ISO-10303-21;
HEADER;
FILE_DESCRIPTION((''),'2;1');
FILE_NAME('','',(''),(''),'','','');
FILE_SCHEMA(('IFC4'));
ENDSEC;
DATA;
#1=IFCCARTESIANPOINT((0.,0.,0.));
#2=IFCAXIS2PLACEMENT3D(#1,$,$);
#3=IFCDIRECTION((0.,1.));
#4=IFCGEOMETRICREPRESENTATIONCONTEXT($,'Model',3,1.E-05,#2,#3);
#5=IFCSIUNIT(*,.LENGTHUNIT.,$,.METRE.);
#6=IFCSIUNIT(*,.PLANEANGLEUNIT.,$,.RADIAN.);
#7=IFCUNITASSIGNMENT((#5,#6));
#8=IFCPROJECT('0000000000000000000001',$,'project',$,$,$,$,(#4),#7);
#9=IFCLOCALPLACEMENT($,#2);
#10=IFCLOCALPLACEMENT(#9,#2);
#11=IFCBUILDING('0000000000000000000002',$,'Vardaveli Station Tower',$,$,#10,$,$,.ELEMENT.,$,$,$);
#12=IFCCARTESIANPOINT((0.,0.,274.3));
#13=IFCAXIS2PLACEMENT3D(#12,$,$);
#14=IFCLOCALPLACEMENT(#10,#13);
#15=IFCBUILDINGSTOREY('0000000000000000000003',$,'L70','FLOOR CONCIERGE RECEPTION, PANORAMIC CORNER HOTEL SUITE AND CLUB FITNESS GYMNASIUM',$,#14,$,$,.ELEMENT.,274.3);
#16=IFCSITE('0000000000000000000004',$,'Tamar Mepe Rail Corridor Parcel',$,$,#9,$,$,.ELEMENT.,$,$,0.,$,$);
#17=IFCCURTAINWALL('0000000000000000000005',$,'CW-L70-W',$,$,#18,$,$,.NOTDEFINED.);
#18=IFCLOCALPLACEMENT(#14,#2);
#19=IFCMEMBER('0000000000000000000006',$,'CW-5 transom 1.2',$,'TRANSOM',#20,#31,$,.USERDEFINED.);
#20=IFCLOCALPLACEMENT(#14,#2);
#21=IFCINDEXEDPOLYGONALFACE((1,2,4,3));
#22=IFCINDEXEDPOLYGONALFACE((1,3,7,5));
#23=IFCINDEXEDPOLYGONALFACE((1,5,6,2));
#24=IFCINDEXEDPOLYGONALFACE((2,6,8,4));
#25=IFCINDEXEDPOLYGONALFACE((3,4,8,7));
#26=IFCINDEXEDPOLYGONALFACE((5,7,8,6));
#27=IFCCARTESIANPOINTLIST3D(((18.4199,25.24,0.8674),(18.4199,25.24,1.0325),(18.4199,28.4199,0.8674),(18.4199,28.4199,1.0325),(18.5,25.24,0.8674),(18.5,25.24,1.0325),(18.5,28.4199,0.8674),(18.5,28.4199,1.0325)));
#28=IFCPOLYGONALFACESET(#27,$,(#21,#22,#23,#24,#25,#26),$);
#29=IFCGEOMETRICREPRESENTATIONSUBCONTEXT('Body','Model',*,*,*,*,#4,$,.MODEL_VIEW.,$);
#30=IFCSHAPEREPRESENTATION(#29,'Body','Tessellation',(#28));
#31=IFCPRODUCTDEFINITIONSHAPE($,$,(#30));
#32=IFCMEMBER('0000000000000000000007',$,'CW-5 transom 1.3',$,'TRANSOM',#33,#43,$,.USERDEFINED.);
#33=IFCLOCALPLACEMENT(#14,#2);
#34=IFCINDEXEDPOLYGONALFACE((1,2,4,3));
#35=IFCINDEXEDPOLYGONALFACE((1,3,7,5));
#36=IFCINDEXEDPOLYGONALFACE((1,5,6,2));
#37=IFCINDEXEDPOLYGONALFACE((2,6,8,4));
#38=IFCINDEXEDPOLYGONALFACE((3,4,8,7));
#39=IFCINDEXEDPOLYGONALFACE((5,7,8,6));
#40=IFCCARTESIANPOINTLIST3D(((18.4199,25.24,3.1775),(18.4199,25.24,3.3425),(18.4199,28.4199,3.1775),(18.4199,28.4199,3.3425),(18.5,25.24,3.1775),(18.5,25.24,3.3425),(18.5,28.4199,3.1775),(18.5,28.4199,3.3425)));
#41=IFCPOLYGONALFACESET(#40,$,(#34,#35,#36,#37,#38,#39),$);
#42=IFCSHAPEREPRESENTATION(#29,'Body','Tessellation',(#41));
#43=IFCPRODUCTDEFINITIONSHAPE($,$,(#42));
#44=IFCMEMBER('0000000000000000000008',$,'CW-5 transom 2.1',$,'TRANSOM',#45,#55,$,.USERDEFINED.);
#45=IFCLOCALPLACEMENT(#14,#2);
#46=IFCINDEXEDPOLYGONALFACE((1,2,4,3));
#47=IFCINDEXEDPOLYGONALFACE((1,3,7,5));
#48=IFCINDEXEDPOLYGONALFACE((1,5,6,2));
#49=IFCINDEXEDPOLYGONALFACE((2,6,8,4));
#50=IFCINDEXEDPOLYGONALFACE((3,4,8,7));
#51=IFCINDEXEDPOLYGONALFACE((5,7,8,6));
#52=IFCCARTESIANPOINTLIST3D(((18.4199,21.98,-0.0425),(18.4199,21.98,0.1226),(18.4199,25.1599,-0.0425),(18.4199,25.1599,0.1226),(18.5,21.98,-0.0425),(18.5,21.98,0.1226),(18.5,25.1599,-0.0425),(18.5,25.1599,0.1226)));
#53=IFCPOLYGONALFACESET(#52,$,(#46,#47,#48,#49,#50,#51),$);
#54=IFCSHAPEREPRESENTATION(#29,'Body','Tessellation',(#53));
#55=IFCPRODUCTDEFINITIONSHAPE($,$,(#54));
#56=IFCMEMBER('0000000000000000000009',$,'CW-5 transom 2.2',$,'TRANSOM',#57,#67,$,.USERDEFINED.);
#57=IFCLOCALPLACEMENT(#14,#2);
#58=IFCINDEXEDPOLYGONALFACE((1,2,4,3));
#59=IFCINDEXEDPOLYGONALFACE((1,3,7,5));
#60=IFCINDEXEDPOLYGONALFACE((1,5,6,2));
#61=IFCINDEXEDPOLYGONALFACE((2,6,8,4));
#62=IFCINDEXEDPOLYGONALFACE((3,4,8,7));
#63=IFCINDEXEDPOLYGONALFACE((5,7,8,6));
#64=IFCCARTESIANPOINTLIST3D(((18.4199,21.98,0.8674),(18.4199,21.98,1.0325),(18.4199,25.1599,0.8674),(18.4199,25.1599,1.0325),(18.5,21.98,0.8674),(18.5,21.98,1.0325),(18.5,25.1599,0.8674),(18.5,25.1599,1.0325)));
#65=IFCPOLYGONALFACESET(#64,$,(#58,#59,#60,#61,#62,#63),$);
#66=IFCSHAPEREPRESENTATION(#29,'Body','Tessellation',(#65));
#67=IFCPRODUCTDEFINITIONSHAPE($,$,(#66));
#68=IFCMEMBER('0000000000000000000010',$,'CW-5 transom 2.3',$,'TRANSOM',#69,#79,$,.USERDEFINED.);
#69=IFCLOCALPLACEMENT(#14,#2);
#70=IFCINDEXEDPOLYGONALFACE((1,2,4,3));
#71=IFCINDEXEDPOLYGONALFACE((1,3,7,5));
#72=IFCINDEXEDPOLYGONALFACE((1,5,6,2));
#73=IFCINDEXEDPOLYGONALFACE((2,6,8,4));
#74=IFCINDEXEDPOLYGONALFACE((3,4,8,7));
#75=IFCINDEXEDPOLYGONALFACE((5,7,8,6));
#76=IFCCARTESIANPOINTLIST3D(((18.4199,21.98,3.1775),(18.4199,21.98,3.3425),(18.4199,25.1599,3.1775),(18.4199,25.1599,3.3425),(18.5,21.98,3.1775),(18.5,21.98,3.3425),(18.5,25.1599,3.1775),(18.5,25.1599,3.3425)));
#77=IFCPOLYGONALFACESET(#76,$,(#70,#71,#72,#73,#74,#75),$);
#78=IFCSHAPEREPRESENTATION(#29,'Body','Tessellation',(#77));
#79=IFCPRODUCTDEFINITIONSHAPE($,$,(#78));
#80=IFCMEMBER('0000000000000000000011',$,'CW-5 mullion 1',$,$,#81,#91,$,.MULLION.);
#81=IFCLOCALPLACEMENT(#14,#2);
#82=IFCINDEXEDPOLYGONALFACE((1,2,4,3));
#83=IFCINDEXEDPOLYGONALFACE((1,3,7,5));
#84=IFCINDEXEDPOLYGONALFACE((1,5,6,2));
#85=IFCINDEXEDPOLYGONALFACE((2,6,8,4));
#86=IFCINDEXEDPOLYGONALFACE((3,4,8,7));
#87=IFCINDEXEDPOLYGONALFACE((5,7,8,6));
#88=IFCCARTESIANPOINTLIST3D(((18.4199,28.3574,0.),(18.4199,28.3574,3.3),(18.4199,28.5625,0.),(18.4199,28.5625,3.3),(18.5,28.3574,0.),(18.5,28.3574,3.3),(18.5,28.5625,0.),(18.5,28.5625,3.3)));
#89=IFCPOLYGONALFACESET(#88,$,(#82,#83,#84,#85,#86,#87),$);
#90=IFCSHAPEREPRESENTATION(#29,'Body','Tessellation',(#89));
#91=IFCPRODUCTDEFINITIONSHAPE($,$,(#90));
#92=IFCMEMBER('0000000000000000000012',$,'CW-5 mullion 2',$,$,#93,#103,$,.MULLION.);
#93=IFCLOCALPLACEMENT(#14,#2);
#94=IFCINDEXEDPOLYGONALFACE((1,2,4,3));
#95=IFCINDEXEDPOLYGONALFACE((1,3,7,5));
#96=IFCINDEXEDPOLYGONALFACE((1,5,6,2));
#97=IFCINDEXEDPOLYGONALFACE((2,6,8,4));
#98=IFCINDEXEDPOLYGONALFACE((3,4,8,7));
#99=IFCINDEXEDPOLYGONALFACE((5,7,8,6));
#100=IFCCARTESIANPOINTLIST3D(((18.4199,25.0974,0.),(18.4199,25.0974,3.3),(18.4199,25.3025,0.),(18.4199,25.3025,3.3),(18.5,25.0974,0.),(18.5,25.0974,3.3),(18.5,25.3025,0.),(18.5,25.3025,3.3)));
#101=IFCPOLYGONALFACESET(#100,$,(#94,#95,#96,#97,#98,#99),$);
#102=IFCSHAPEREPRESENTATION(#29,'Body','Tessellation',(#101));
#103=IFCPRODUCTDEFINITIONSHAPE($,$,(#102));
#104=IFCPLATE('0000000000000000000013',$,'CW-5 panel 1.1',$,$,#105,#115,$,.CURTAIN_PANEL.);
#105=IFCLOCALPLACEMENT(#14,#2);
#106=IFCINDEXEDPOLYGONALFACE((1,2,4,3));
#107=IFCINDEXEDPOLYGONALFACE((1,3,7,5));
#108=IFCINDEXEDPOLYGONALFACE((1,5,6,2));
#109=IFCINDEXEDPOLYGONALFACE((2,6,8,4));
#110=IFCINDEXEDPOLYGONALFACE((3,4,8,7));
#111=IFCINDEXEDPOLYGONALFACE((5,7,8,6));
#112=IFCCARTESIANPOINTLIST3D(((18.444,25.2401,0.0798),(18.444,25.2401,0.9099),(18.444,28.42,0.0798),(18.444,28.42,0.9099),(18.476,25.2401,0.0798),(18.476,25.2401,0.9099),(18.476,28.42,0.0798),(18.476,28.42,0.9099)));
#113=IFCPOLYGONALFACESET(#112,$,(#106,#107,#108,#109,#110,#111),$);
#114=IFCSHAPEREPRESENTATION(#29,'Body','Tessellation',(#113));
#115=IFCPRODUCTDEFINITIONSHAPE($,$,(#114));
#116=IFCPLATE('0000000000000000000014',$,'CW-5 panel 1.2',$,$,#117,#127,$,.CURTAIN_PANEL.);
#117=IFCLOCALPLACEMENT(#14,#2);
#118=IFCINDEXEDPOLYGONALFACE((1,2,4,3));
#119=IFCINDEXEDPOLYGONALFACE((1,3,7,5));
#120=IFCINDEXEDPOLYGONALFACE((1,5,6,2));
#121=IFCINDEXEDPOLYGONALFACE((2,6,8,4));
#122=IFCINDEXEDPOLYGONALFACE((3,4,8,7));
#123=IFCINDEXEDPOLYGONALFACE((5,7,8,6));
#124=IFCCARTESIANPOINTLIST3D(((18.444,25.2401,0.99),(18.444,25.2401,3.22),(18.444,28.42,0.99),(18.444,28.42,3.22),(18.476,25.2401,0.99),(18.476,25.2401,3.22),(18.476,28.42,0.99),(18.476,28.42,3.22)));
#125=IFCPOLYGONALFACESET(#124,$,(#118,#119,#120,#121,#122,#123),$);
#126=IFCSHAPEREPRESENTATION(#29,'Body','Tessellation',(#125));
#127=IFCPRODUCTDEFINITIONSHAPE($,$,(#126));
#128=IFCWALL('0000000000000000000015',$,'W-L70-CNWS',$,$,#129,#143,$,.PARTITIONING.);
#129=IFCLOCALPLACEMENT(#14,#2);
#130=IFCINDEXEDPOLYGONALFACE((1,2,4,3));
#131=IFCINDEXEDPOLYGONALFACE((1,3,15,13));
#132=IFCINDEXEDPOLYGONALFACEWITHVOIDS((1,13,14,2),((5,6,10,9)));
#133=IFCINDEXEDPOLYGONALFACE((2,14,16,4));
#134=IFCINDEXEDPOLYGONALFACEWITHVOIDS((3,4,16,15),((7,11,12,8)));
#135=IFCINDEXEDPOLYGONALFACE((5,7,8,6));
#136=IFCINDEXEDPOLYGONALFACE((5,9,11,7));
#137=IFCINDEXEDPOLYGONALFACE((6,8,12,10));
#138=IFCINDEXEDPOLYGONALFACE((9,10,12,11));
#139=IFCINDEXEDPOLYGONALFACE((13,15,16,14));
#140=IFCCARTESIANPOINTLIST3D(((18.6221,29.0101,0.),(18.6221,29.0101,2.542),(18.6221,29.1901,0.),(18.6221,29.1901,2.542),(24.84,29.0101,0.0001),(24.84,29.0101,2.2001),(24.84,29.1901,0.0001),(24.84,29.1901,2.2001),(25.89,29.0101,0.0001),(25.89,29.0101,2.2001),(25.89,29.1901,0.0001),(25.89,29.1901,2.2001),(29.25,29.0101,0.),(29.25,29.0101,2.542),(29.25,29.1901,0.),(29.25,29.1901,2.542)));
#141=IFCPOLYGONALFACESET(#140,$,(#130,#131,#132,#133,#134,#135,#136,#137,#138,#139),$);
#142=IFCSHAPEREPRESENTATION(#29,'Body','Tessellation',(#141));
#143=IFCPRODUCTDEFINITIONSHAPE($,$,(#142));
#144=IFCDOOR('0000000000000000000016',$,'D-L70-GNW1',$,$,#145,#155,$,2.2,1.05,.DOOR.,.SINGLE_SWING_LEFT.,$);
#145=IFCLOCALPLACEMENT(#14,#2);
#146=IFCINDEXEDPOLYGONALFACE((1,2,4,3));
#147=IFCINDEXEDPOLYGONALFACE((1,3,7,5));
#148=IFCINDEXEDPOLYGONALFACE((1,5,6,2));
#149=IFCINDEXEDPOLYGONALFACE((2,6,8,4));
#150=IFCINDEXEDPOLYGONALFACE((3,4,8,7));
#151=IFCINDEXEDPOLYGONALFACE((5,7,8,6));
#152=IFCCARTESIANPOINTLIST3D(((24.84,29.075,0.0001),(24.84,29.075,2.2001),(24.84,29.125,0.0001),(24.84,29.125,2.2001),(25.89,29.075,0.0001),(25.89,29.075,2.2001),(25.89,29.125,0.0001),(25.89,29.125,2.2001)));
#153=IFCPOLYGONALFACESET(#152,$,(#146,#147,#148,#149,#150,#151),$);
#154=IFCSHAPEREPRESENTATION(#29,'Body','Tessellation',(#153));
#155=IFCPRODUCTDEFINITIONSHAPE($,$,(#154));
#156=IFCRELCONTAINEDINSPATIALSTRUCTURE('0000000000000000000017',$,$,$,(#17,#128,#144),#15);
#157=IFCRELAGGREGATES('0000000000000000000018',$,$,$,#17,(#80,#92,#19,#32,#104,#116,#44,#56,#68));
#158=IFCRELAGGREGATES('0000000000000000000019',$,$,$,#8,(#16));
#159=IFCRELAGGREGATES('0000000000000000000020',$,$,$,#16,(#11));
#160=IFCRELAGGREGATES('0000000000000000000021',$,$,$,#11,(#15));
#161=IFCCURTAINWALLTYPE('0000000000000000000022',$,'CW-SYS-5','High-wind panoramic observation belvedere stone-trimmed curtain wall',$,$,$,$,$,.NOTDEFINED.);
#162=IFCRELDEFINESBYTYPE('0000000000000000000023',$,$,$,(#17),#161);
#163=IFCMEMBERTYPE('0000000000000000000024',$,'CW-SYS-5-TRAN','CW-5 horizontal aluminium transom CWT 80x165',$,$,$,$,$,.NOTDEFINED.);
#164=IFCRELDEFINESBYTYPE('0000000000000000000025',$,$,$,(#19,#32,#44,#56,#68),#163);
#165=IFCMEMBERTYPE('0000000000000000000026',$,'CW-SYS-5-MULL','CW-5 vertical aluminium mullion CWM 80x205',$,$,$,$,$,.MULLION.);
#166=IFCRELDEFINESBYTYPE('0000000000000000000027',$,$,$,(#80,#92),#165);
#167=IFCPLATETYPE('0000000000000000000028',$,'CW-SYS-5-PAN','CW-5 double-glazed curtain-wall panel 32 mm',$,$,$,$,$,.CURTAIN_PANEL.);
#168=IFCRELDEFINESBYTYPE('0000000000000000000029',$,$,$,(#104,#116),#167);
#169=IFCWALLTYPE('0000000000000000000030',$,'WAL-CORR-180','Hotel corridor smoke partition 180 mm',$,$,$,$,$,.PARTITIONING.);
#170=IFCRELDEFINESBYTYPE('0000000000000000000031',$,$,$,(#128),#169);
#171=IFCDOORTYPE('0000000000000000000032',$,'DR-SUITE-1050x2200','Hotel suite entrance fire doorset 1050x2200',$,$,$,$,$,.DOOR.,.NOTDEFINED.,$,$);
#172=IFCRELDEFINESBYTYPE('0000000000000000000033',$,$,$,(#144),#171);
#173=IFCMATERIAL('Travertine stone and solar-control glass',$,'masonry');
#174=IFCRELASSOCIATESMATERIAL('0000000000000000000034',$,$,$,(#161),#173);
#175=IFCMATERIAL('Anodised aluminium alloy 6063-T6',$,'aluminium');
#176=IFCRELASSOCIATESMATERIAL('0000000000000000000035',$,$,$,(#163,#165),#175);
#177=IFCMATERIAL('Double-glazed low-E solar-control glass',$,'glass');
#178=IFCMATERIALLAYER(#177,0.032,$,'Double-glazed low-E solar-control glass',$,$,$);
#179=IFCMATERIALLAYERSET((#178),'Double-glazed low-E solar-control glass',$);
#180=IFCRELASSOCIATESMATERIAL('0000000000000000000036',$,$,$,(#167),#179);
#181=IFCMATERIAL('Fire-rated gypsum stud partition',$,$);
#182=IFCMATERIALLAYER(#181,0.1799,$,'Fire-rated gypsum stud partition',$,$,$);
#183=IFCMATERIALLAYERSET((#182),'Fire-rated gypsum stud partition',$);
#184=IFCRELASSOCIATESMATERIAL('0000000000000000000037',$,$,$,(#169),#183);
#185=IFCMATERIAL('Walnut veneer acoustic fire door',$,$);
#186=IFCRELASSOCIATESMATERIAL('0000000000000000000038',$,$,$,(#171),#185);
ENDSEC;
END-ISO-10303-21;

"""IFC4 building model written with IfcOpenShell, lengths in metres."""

from ifc_helpers import new_model, si_unit, direction, frame, frame_2d, origin, origin_2d, place, context, subcontext, project, spatial, rectangle, extrude, source, transform, mapped, material, layer, layer_set, material_profile, profile_set, type_object, element, fill, aggregate, save


model = new_model("IFC4")

# Units and contexts
model_context = context("Model", 3, precision=1e-05, world=origin(), true_north=direction((0.0, 1.0)))
body_context = subcontext(model_context, "Body", "Model", "MODEL_VIEW")
ifc_project = project(units=[si_unit("LENGTHUNIT", "METRE"), si_unit("PLANEANGLEUNIT", "RADIAN")], contexts=[model_context])

# Site, building, storey
site_placement = place(None, origin())
site = spatial("IfcSite", under=ifc_project, at=site_placement, Name="Tamar Mepe Rail Corridor Parcel", CompositionType="ELEMENT", RefElevation=0.0)
building_placement = place(site_placement, origin())
building = spatial("IfcBuilding", under=site, at=building_placement, Name="Vardaveli Station Tower", CompositionType="ELEMENT")
storey_placement = place(building_placement, frame((0.0, 0.0, 274.3)))
storey = spatial("IfcBuildingStorey", under=building, at=storey_placement, Name="L70", Description="FLOOR CONCIERGE RECEPTION, PANORAMIC CORNER HOTEL SUITE AND CLUB FITNESS GYMNASIUM", CompositionType="ELEMENT", Elevation=274.3)

# Curtain wall, members, plates
ifc_material_1 = material(Name="Travertine stone and solar-control glass", Category="masonry")
curtain_wall_type = type_object("IfcCurtainWallType", Name="CW-SYS-5", Description="High-wind panoramic observation belvedere stone-trimmed curtain wall", PredefinedType="NOTDEFINED", material=ifc_material_1)
curtain_wall_placement = place(storey_placement, origin())
curtain_wall = element("IfcCurtainWall", 1, at=curtain_wall_placement, inside=storey, type_object=curtain_wall_type, Name="CW-L70-W", PredefinedType="NOTDEFINED")
ifc_material_2 = material(Name="Anodised aluminium alloy 6063-T6", Category="aluminium")
ifc_material_profile_1 = material_profile(ifc_material_2, rectangle(XDim=0.0801, YDim=0.165, at=origin_2d()), Name="CWT 80x165")
ifc_profile_set_1 = profile_set([ifc_material_profile_1], Name="Anodised aluminium alloy 6063-T6")
member_type_1 = type_object("IfcMemberType", Name="CW-SYS-5-TRAN", Description="CW-5 horizontal aluminium transom CWT 80x165", PredefinedType="NOTDEFINED", material=ifc_profile_set_1)
shared_shape_1 = source(origin(), body_context, "Body", "SweptSolid", [
    extrude(rectangle(XDim=0.0801, YDim=0.165, at=origin_2d()), origin(), (0.0, 0.0, 1.0), 3.1799),
])
member_1_placement = place(storey_placement, frame((18.46, 28.4199, 0.95), z_axis=(0.0, -1.0, 0.0), x_axis=(1.0, 0.0, 0.0)))
member_1 = element("IfcMember", 2, at=member_1_placement, type_object=member_type_1, Name="CW-5 transom 1.2", ObjectType="TRANSOM", PredefinedType="USERDEFINED", context=body_context, shape_type="MappedRepresentation", body=[
    mapped(shared_shape_1, transform((0.0, 0.0, 0.0), scale=1.0)),
])
member_2_placement = place(storey_placement, frame((18.46, 28.4199, 3.26), z_axis=(0.0, -1.0, 0.0), x_axis=(1.0, 0.0, 0.0)))
member_2 = element("IfcMember", 3, at=member_2_placement, type_object=member_type_1, Name="CW-5 transom 1.3", ObjectType="TRANSOM", PredefinedType="USERDEFINED", context=body_context, shape_type="MappedRepresentation", body=[
    mapped(shared_shape_1, transform((0.0, 0.0, 0.0), scale=1.0)),
])
member_3_placement = place(storey_placement, frame((18.46, 25.1599, 0.04), z_axis=(0.0, -1.0, 0.0), x_axis=(1.0, 0.0, 0.0)))
member_3 = element("IfcMember", 4, at=member_3_placement, type_object=member_type_1, Name="CW-5 transom 2.1", ObjectType="TRANSOM", PredefinedType="USERDEFINED", context=body_context, shape_type="MappedRepresentation", body=[
    mapped(shared_shape_1, transform((0.0, 0.0, 0.0), scale=1.0)),
])
member_4_placement = place(storey_placement, frame((18.46, 25.1599, 0.95), z_axis=(0.0, -1.0, 0.0), x_axis=(1.0, 0.0, 0.0)))
member_4 = element("IfcMember", 5, at=member_4_placement, type_object=member_type_1, Name="CW-5 transom 2.2", ObjectType="TRANSOM", PredefinedType="USERDEFINED", context=body_context, shape_type="MappedRepresentation", body=[
    mapped(shared_shape_1, transform((0.0, 0.0, 0.0), scale=1.0)),
])
member_5_placement = place(storey_placement, frame((18.46, 25.1599, 3.26), z_axis=(0.0, -1.0, 0.0), x_axis=(1.0, 0.0, 0.0)))
member_5 = element("IfcMember", 6, at=member_5_placement, type_object=member_type_1, Name="CW-5 transom 2.3", ObjectType="TRANSOM", PredefinedType="USERDEFINED", context=body_context, shape_type="MappedRepresentation", body=[
    mapped(shared_shape_1, transform((0.0, 0.0, 0.0), scale=1.0)),
])
ifc_material_profile_2 = material_profile(ifc_material_2, rectangle(XDim=0.0801, YDim=0.2051, at=origin_2d()), Name="CWM 80x205")
ifc_profile_set_2 = profile_set([ifc_material_profile_2], Name="Anodised aluminium alloy 6063-T6")
member_type_2 = type_object("IfcMemberType", Name="CW-SYS-5-MULL", Description="CW-5 vertical aluminium mullion CWM 80x205", PredefinedType="MULLION", material=ifc_profile_set_2)
shared_shape_2 = source(origin(), body_context, "Body", "SweptSolid", [
    extrude(rectangle(XDim=0.0801, YDim=0.2051, at=origin_2d()), origin(), (0.0, 0.0, 1.0), 3.3),
])
member_6_placement = place(storey_placement, frame((18.46, 28.46, 0.0), z_axis=(0.0, 0.0, 1.0), x_axis=(1.0, 0.0, 0.0)))
member_6 = element("IfcMember", 7, at=member_6_placement, type_object=member_type_2, Name="CW-5 mullion 1", PredefinedType="MULLION", context=body_context, shape_type="MappedRepresentation", body=[
    mapped(shared_shape_2, transform((0.0, 0.0, 0.0), scale=1.0)),
])
member_7_placement = place(storey_placement, frame((18.46, 25.2, 0.0), z_axis=(0.0, 0.0, 1.0), x_axis=(1.0, 0.0, 0.0)))
member_7 = element("IfcMember", 8, at=member_7_placement, type_object=member_type_2, Name="CW-5 mullion 2", PredefinedType="MULLION", context=body_context, shape_type="MappedRepresentation", body=[
    mapped(shared_shape_2, transform((0.0, 0.0, 0.0), scale=1.0)),
])
ifc_material_3 = material(Name="Double-glazed low-E solar-control glass", Category="glass")
ifc_layer_1 = layer(ifc_material_3, 0.032, Name="Double-glazed low-E solar-control glass")
ifc_layer_set_1 = layer_set([ifc_layer_1], Name="Double-glazed low-E solar-control glass")
plate_type = type_object("IfcPlateType", Name="CW-SYS-5-PAN", Description="CW-5 double-glazed curtain-wall panel 32 mm", PredefinedType="CURTAIN_PANEL", material=ifc_layer_set_1)
shared_shape_3 = source(origin(), body_context, "Body", "SweptSolid", [
    extrude(rectangle(XDim=3.1799, YDim=0.032, at=origin_2d()), origin(), (0.0, 0.0, 1.0), 0.8301),
])
plate_1_placement = place(storey_placement, frame((18.46, 26.8301, 0.0798), z_axis=(0.0, 0.0, 1.0), x_axis=(0.0, -1.0, 0.0)))
plate_1 = element("IfcPlate", 9, at=plate_1_placement, type_object=plate_type, Name="CW-5 panel 1.1", PredefinedType="CURTAIN_PANEL", context=body_context, shape_type="MappedRepresentation", body=[
    mapped(shared_shape_3, transform((0.0, 0.0, 0.0), scale=1.0)),
])
shared_shape_4 = source(origin(), body_context, "Body", "SweptSolid", [
    extrude(rectangle(XDim=3.1799, YDim=0.032, at=origin_2d()), origin(), (0.0, 0.0, 1.0), 2.23),
])
plate_2_placement = place(storey_placement, frame((18.46, 26.8301, 0.99), z_axis=(0.0, 0.0, 1.0), x_axis=(0.0, -1.0, 0.0)))
plate_2 = element("IfcPlate", 10, at=plate_2_placement, type_object=plate_type, Name="CW-5 panel 1.2", PredefinedType="CURTAIN_PANEL", context=body_context, shape_type="MappedRepresentation", body=[
    mapped(shared_shape_4, transform((0.0, 0.0, 0.0), scale=1.0)),
])
aggregate(curtain_wall, [member_6, member_7, member_1, member_2, plate_1, plate_2, member_3, member_4, member_5])

# Wall, opening, door
ifc_material_4 = material(Name="Fire-rated gypsum stud partition")
ifc_layer_2 = layer(ifc_material_4, 0.1799, Name="Fire-rated gypsum stud partition")
ifc_layer_set_2 = layer_set([ifc_layer_2], Name="Fire-rated gypsum stud partition")
wall_type_1 = type_object("IfcWallType", Name="WAL-CORR-180", Description="Hotel corridor smoke partition 180 mm", PredefinedType="PARTITIONING", material=ifc_layer_set_2)
shared_shape_5 = source(origin(), body_context, "Body", "SweptSolid", [
    extrude(rectangle(XDim=10.6279, YDim=0.1799, at=frame_2d((5.314, 0.0))), origin(), (0.0, 0.0, 1.0), 2.542),
])
wall_1_placement = place(storey_placement, frame((18.6221, 29.1001, 0.0), z_axis=(0.0, 0.0, 1.0), x_axis=(1.0, 0.0, 0.0)))
wall_1 = element("IfcWall", 11, at=wall_1_placement, inside=storey, type_object=wall_type_1, Name="W-L70-CNWS", PredefinedType="PARTITIONING", context=body_context, shape_type="MappedRepresentation", body=[
    mapped(shared_shape_5, transform((0.0, 0.0, 0.0), scale=1.0)),
])
shared_shape_6 = source(origin(), body_context, "Body", "SweptSolid", [
    extrude(rectangle(XDim=1.05, YDim=2.2, at=frame_2d((0.5249, 1.1001))), frame((0.0, 0.1001, 0.0), z_axis=(0.0, -1.0, 0.0), x_axis=(1.0, 0.0, 0.0)), (0.0, 0.0, 1.0), 0.2),
])
opening_1_placement = place(wall_1_placement, frame((6.218, 0.0, 0.0)))
opening_1 = element("IfcOpeningElement", 12, at=opening_1_placement, cuts=wall_1, PredefinedType="OPENING", context=body_context, shape_type="MappedRepresentation", body=[
    mapped(shared_shape_6, transform((0.0, 0.0, 0.0), scale=1.0)),
])
ifc_material_5 = material(Name="Walnut veneer acoustic fire door")
door_type_1 = type_object("IfcDoorType", Name="DR-SUITE-1050x2200", Description="Hotel suite entrance fire doorset 1050x2200", OperationType="NOTDEFINED", PredefinedType="DOOR", material=ifc_material_5)
shared_shape_7 = source(origin(), body_context, "Body", "SweptSolid", [
    extrude(rectangle(XDim=1.05, YDim=2.2, at=frame_2d((0.5249, 1.1001))), frame((0.0, 0.0249, 0.0), z_axis=(0.0, -1.0, 0.0), x_axis=(1.0, 0.0, 0.0)), (0.0, 0.0, 1.0), 0.05),
])
door_1_placement = place(opening_1_placement, origin())
door_1 = element("IfcDoor", 13, at=door_1_placement, inside=storey, type_object=door_type_1, Name="D-L70-GNW1", OperationType="SINGLE_SWING_LEFT", OverallHeight=2.2, OverallWidth=1.05, PredefinedType="DOOR", context=body_context, shape_type="MappedRepresentation", body=[
    mapped(shared_shape_7, transform((0.0, 0.0, 0.0), scale=1.0)),
])
fill(opening_1, door_1)

save(model, "model.ifc")
